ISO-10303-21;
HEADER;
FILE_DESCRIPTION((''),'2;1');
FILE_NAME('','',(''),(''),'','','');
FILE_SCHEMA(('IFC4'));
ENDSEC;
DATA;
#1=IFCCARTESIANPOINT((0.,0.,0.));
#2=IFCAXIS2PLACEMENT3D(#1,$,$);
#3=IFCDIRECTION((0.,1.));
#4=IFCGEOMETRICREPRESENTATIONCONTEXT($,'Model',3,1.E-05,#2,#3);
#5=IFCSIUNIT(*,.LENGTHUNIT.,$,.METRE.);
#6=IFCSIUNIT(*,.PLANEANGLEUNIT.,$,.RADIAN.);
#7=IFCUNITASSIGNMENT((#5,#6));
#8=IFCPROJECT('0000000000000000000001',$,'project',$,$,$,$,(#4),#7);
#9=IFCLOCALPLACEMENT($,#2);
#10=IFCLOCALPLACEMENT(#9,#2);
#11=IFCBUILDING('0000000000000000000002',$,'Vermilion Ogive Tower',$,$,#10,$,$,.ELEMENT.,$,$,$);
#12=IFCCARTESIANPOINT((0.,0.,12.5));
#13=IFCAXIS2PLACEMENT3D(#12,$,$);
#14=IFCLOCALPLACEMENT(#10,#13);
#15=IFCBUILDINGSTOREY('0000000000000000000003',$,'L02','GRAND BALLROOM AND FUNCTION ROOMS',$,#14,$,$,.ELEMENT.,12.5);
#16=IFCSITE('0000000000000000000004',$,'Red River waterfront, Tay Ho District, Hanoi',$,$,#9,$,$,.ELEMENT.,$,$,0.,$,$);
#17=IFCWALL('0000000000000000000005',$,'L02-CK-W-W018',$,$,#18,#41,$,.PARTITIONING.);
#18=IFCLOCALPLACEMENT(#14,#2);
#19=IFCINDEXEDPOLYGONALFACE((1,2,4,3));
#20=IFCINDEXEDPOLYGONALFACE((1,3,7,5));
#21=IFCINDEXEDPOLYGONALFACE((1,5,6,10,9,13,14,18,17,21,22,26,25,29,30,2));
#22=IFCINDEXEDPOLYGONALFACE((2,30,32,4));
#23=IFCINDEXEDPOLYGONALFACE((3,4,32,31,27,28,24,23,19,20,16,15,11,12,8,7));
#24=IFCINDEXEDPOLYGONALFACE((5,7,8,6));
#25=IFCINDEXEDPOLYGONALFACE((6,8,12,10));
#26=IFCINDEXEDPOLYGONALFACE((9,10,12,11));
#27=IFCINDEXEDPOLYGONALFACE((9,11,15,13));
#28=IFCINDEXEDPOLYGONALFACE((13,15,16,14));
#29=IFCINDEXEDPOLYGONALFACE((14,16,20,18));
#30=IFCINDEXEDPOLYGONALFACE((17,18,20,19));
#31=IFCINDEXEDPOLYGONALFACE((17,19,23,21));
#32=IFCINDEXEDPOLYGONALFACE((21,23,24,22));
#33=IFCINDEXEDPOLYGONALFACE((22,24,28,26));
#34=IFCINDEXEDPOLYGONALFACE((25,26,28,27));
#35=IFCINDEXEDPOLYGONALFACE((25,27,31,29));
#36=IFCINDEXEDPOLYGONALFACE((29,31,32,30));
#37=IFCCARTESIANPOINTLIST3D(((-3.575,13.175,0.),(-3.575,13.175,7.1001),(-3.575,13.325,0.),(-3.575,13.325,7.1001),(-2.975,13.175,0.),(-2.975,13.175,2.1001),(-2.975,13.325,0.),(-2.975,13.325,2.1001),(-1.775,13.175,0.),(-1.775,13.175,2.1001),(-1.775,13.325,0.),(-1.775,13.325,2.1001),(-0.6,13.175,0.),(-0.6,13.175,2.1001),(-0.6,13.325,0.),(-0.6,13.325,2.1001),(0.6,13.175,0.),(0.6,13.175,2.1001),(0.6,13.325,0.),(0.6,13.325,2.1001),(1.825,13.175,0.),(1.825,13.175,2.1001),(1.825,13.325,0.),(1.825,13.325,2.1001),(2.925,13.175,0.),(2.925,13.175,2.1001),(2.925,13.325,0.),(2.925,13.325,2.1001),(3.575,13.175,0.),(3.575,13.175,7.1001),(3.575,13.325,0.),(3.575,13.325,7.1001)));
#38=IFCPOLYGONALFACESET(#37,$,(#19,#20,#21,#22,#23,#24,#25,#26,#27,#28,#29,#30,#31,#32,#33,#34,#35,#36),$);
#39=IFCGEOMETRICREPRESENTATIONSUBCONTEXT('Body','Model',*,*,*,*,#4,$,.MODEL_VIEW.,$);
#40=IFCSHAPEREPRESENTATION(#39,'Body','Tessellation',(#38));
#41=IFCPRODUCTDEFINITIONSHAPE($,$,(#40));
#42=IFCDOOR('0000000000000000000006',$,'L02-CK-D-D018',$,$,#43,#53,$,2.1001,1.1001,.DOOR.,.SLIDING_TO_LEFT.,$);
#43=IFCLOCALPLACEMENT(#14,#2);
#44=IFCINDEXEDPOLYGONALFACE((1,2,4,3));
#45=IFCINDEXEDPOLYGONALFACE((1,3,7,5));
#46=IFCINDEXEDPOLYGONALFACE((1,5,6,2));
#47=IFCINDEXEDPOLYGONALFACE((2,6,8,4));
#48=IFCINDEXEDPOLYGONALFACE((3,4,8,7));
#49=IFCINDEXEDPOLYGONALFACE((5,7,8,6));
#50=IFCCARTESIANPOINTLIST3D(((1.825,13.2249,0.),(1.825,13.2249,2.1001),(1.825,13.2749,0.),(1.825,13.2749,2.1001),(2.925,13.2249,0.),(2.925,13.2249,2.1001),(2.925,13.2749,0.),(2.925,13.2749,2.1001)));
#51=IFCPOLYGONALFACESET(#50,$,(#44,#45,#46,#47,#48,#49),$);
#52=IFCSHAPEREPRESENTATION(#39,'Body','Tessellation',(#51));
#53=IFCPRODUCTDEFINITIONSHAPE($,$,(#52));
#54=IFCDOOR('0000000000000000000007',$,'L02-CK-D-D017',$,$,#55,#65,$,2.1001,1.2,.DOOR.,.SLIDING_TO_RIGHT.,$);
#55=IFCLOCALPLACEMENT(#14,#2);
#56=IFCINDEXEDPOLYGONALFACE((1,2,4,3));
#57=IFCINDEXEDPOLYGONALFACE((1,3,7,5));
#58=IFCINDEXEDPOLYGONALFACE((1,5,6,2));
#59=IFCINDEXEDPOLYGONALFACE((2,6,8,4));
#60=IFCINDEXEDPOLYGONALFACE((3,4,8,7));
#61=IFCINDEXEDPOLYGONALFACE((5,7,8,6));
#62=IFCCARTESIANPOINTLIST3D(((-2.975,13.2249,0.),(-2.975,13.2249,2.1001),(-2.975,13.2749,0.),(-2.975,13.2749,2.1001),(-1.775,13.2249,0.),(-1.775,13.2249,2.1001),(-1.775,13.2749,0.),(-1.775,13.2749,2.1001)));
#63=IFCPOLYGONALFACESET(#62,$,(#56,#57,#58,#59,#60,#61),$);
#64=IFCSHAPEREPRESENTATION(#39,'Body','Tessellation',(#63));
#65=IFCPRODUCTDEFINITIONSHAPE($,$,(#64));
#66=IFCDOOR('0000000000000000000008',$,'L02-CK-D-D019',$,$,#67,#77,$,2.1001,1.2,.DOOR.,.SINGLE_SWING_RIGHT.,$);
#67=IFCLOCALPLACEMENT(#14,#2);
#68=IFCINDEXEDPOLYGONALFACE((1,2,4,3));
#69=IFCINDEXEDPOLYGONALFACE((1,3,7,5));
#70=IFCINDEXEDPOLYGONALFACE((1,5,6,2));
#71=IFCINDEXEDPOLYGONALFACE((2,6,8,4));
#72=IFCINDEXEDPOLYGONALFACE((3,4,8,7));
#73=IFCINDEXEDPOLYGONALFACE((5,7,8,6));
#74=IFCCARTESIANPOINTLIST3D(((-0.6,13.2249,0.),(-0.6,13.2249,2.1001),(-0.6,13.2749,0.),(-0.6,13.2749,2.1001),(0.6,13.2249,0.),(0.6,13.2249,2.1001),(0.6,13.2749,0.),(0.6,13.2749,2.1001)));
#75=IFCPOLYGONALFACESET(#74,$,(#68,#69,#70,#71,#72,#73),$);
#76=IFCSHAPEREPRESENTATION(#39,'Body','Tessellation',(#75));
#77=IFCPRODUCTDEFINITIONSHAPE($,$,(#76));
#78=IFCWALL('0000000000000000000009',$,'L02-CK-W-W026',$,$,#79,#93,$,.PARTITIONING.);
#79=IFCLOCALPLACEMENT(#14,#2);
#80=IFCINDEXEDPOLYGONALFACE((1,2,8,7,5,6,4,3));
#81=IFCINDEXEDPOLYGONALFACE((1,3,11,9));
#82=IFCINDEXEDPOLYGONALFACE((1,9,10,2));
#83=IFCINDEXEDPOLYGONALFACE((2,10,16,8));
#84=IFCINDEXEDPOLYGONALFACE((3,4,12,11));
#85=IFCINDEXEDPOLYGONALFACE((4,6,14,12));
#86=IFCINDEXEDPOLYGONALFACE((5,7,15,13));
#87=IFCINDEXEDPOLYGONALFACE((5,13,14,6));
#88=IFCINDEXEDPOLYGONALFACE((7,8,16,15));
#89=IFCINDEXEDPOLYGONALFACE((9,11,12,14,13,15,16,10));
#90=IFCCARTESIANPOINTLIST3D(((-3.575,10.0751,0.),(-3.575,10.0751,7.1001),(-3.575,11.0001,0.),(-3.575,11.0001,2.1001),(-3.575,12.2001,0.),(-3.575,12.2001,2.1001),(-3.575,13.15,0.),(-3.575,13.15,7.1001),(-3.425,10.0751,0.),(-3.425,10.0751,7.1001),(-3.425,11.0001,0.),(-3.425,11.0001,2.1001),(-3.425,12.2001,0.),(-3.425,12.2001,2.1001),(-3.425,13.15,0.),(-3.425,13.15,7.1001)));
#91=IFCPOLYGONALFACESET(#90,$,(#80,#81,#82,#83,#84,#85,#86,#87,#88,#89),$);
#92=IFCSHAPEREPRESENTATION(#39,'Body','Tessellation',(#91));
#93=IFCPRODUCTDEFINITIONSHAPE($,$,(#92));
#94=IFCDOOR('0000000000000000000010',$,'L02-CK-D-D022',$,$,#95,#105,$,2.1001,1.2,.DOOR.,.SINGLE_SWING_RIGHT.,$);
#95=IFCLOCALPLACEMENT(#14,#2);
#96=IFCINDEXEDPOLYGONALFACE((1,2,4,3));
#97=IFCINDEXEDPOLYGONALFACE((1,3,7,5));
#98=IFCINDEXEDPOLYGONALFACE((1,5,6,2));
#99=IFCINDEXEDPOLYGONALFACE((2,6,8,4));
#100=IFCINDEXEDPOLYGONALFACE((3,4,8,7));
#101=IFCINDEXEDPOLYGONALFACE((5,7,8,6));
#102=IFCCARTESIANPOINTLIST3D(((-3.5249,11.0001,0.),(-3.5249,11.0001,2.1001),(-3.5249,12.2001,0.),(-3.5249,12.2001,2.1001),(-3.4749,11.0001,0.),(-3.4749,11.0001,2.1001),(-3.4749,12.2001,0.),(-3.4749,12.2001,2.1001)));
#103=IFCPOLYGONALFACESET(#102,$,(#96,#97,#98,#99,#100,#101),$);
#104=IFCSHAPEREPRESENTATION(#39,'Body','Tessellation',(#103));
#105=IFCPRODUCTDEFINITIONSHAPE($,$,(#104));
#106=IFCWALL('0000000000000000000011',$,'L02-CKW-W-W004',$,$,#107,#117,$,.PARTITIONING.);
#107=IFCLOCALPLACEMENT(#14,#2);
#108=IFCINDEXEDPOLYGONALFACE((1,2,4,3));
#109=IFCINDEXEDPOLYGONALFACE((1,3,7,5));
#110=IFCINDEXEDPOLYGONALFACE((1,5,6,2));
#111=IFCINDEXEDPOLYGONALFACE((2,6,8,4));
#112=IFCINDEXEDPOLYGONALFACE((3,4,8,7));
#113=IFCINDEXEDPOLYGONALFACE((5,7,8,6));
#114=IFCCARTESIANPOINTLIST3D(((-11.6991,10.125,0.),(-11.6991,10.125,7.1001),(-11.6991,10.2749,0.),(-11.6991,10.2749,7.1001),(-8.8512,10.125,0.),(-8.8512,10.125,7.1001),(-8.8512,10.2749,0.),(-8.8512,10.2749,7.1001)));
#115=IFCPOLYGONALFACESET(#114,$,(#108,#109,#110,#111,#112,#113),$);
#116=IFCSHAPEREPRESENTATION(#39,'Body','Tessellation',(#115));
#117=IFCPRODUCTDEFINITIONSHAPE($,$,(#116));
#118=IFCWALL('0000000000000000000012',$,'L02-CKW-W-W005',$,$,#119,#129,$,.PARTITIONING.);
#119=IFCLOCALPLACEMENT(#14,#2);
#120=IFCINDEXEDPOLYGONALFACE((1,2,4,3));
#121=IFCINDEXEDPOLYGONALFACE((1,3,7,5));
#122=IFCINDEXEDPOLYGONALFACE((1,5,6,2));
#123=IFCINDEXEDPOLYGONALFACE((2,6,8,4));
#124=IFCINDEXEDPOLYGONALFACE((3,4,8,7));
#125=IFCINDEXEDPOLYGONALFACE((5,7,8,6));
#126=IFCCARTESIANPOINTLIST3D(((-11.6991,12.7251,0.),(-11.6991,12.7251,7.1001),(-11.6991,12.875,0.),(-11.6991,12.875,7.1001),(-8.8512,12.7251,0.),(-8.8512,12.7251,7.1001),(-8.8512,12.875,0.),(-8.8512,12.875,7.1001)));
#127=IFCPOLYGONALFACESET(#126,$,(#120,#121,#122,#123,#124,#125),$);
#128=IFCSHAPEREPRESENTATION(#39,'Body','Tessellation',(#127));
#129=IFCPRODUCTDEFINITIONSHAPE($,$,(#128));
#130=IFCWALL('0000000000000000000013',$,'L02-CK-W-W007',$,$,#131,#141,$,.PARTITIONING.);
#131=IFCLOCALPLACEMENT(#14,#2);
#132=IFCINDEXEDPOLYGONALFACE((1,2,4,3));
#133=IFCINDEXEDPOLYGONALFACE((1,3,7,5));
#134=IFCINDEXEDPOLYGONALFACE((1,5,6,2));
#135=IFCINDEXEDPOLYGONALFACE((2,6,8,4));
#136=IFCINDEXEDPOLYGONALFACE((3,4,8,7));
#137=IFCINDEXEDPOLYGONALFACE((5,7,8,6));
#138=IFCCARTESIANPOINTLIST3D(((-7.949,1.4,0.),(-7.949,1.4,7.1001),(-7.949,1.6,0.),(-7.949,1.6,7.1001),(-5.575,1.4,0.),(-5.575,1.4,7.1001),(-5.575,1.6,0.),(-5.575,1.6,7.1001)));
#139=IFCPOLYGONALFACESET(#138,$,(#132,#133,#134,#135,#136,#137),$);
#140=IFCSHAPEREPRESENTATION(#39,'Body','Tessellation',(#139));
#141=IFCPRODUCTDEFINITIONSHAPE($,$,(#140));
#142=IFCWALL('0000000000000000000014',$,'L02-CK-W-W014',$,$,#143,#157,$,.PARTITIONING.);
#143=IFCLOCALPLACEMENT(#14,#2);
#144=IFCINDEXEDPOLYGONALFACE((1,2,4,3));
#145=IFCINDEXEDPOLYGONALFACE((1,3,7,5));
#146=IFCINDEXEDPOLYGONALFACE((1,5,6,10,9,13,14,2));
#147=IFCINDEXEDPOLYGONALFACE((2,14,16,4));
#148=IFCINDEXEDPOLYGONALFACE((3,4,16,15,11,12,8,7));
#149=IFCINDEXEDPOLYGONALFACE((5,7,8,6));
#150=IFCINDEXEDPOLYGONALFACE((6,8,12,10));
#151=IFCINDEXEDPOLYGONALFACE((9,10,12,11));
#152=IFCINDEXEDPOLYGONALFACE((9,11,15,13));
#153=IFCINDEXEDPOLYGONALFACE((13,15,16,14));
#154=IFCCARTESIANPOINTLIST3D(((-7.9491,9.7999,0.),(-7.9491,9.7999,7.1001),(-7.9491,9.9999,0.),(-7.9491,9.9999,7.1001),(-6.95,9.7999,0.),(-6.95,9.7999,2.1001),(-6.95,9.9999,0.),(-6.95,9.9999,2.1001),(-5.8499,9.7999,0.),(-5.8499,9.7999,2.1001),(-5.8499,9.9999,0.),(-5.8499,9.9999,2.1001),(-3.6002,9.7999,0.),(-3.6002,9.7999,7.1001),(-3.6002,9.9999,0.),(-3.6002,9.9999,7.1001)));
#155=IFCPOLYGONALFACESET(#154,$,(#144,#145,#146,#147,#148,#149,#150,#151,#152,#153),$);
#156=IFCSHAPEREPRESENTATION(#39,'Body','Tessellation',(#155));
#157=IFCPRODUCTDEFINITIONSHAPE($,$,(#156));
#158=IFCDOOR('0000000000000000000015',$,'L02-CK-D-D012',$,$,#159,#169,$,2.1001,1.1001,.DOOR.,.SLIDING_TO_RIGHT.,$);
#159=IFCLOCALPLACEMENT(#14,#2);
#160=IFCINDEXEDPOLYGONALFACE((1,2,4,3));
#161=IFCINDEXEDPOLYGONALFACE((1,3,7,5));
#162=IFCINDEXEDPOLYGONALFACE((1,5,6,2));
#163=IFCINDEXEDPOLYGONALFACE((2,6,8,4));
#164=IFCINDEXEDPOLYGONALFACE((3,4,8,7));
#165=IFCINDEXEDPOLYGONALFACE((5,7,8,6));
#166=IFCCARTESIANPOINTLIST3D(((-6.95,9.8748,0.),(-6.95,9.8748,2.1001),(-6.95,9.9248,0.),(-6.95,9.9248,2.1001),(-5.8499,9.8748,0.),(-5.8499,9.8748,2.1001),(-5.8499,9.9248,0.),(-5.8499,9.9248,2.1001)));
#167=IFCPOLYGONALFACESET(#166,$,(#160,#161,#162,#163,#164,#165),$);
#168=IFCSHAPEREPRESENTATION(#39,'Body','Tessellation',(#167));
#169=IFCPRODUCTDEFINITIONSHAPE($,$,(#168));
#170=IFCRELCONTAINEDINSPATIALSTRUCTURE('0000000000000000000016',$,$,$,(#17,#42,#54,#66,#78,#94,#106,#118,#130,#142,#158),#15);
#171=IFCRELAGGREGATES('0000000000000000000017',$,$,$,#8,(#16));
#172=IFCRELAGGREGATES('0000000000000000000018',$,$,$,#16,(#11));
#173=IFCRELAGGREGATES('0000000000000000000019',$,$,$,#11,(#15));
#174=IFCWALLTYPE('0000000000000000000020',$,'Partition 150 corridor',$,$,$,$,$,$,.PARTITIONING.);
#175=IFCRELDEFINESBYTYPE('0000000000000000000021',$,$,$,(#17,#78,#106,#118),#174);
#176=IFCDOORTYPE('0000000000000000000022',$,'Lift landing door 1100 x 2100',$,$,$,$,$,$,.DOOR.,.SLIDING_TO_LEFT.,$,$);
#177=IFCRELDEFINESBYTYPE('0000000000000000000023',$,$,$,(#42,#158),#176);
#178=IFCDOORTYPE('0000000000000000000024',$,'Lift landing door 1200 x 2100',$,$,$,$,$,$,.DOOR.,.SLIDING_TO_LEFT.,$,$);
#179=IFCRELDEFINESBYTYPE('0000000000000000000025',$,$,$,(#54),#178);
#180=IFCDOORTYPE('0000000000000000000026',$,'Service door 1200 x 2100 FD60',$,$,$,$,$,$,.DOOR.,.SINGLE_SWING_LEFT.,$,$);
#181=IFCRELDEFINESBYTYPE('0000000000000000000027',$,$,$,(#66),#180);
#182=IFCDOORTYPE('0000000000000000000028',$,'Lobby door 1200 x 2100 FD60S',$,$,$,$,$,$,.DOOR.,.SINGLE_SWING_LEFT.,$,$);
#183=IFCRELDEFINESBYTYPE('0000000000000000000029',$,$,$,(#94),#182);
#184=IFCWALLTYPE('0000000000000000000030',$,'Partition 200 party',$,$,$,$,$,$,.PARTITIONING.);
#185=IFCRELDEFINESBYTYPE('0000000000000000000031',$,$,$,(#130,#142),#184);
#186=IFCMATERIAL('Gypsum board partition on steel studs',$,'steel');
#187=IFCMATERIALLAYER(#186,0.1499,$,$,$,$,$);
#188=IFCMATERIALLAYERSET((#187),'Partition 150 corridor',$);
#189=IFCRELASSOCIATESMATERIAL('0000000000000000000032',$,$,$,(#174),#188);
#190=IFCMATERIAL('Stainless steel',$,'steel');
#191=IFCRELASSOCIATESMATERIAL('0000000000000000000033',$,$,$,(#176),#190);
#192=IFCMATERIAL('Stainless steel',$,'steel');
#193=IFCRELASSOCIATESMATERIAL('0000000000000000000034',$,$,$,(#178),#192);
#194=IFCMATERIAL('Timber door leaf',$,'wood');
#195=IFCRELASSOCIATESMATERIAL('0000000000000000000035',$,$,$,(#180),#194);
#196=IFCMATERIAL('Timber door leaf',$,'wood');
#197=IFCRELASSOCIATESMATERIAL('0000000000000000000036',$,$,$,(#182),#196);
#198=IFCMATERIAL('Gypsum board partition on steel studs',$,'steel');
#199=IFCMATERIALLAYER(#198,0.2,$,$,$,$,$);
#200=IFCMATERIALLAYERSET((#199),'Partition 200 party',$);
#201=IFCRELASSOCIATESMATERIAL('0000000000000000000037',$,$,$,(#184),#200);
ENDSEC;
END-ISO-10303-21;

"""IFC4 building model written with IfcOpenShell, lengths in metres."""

from ifc_helpers import new_model, si_unit, direction, frame, frame_2d, origin, place, context, subcontext, project, spatial, rectangle, extrude, material, layer, layer_set, type_object, element, fill, save


model = new_model("IFC4")

# Units and contexts
model_context = context("Model", 3, precision=1e-05, world=origin(), true_north=direction((0.0, 1.0)))
body_context = subcontext(model_context, "Body", "Model", "MODEL_VIEW")
ifc_project = project(units=[si_unit("LENGTHUNIT", "METRE"), si_unit("PLANEANGLEUNIT", "RADIAN")], contexts=[model_context])

# Site, building, storey
site_placement = place(None, origin())
site = spatial("IfcSite", under=ifc_project, at=site_placement, Name="Red River waterfront, Tay Ho District, Hanoi", CompositionType="ELEMENT", RefElevation=0.0)
building_placement = place(site_placement, origin())
building = spatial("IfcBuilding", under=site, at=building_placement, Name="Vermilion Ogive Tower", CompositionType="ELEMENT")
storey_placement = place(building_placement, frame((0.0, 0.0, 12.5)))
storey = spatial("IfcBuildingStorey", under=building, at=storey_placement, Name="L02", Description="GRAND BALLROOM AND FUNCTION ROOMS", CompositionType="ELEMENT", Elevation=12.5)

# Shared definitions
ifc_material_1 = material(Name="Gypsum board partition on steel studs", Category="steel")
ifc_layer_1 = layer(ifc_material_1, 0.1499)
ifc_layer_set_1 = layer_set([ifc_layer_1], Name="Partition 150 corridor")
wall_type_1 = type_object("IfcWallType", Name="Partition 150 corridor", PredefinedType="PARTITIONING", material=ifc_layer_set_1)

# Wall, openings, doors
wall_1_placement = place(storey_placement, frame((-3.575, 13.25, 0.0), z_axis=(0.0, 0.0, 1.0), x_axis=(1.0, 0.0, 0.0)))
wall_1 = element("IfcWall", 1, at=wall_1_placement, inside=storey, type_object=wall_type_1, Name="L02-CK-W-W018", PredefinedType="PARTITIONING", context=body_context, shape_type="SweptSolid", body=[
    extrude(rectangle(XDim=7.1499, YDim=0.1499, at=frame_2d((3.575, 0.0))), origin(), (0.0, 0.0, 1.0), 7.1001),
])
opening_1_placement = place(wall_1_placement, frame((0.5999, 0.0, 0.0)))
opening_1 = element("IfcOpeningElement", 2, at=opening_1_placement, cuts=wall_1, PredefinedType="OPENING", context=body_context, shape_type="SweptSolid", body=[
    extrude(rectangle(XDim=1.2, YDim=2.1001, at=frame_2d((0.6001, 1.05))), frame((0.0, 0.085, 0.0), z_axis=(0.0, -1.0, 0.0), x_axis=(1.0, 0.0, 0.0)), (0.0, 0.0, 1.0), 0.1699),
])
opening_2_placement = place(wall_1_placement, frame((5.3999, 0.0, 0.0)))
opening_2 = element("IfcOpeningElement", 3, at=opening_2_placement, cuts=wall_1, PredefinedType="OPENING", context=body_context, shape_type="SweptSolid", body=[
    extrude(rectangle(XDim=1.1001, YDim=2.1001, at=frame_2d((0.55, 1.05))), frame((0.0, 0.085, 0.0), z_axis=(0.0, -1.0, 0.0), x_axis=(1.0, 0.0, 0.0)), (0.0, 0.0, 1.0), 0.1699),
])
opening_3_placement = place(wall_1_placement, frame((2.9749, 0.0, 0.0)))
opening_3 = element("IfcOpeningElement", 4, at=opening_3_placement, cuts=wall_1, PredefinedType="OPENING", context=body_context, shape_type="SweptSolid", body=[
    extrude(rectangle(XDim=1.2, YDim=2.1001, at=frame_2d((0.6001, 1.05))), frame((0.0, 0.085, 0.0), z_axis=(0.0, -1.0, 0.0), x_axis=(1.0, 0.0, 0.0)), (0.0, 0.0, 1.0), 0.1699),
])
ifc_material_2 = material(Name="Stainless steel", Category="steel")
door_type_1 = type_object("IfcDoorType", Name="Lift landing door 1100 x 2100", OperationType="SLIDING_TO_LEFT", PredefinedType="DOOR", material=ifc_material_2)
door_1_placement = place(opening_2_placement, origin())
door_1 = element("IfcDoor", 5, at=door_1_placement, inside=storey, type_object=door_type_1, Name="L02-CK-D-D018", OperationType="SLIDING_TO_LEFT", OverallHeight=2.1001, OverallWidth=1.1001, PredefinedType="DOOR", context=body_context, shape_type="SweptSolid", body=[
    extrude(rectangle(XDim=1.1001, YDim=2.1001, at=frame_2d((0.55, 1.05))), frame((0.0, 0.0249, 0.0), z_axis=(0.0, -1.0, 0.0), x_axis=(1.0, 0.0, 0.0)), (0.0, 0.0, 1.0), 0.05),
])
fill(opening_2, door_1)
ifc_material_3 = material(Name="Stainless steel", Category="steel")
door_type_2 = type_object("IfcDoorType", Name="Lift landing door 1200 x 2100", OperationType="SLIDING_TO_LEFT", PredefinedType="DOOR", material=ifc_material_3)
door_2_placement = place(opening_1_placement, origin())
door_2 = element("IfcDoor", 6, at=door_2_placement, inside=storey, type_object=door_type_2, Name="L02-CK-D-D017", OperationType="SLIDING_TO_RIGHT", OverallHeight=2.1001, OverallWidth=1.2, PredefinedType="DOOR", context=body_context, shape_type="SweptSolid", body=[
    extrude(rectangle(XDim=1.2, YDim=2.1001, at=frame_2d((0.6001, 1.05))), frame((0.0, 0.0249, 0.0), z_axis=(0.0, -1.0, 0.0), x_axis=(1.0, 0.0, 0.0)), (0.0, 0.0, 1.0), 0.05),
])
fill(opening_1, door_2)
ifc_material_4 = material(Name="Timber door leaf", Category="wood")
door_type_3 = type_object("IfcDoorType", Name="Service door 1200 x 2100 FD60", OperationType="SINGLE_SWING_LEFT", PredefinedType="DOOR", material=ifc_material_4)
door_3_placement = place(opening_3_placement, origin())
door_3 = element("IfcDoor", 7, at=door_3_placement, inside=storey, type_object=door_type_3, Name="L02-CK-D-D019", OperationType="SINGLE_SWING_RIGHT", OverallHeight=2.1001, OverallWidth=1.2, PredefinedType="DOOR", context=body_context, shape_type="SweptSolid", body=[
    extrude(rectangle(XDim=1.2, YDim=2.1001, at=frame_2d((0.6001, 1.05))), frame((0.0, 0.0249, 0.0), z_axis=(0.0, -1.0, 0.0), x_axis=(1.0, 0.0, 0.0)), (0.0, 0.0, 1.0), 0.05),
])
fill(opening_3, door_3)

# Wall, opening, door
wall_2_placement = place(storey_placement, frame((-3.5, 10.075, 0.0), z_axis=(0.0, 0.0, 1.0), x_axis=(0.0, 1.0, 0.0)))
wall_2 = element("IfcWall", 8, at=wall_2_placement, inside=storey, type_object=wall_type_1, Name="L02-CK-W-W026", PredefinedType="PARTITIONING", context=body_context, shape_type="SweptSolid", body=[
    extrude(rectangle(XDim=3.075, YDim=0.1499, at=frame_2d((1.5376, 0.0))), origin(), (0.0, 0.0, 1.0), 7.1001),
])
opening_4_placement = place(wall_2_placement, frame((0.925, 0.0, 0.0)))
opening_4 = element("IfcOpeningElement", 9, at=opening_4_placement, cuts=wall_2, PredefinedType="OPENING", context=body_context, shape_type="SweptSolid", body=[
    extrude(rectangle(XDim=1.2, YDim=2.1001, at=frame_2d((0.6001, 1.05))), frame((0.0, 0.085, 0.0), z_axis=(0.0, -1.0, 0.0), x_axis=(1.0, 0.0, 0.0)), (0.0, 0.0, 1.0), 0.1699),
])
ifc_material_5 = material(Name="Timber door leaf", Category="wood")
door_type_4 = type_object("IfcDoorType", Name="Lobby door 1200 x 2100 FD60S", OperationType="SINGLE_SWING_LEFT", PredefinedType="DOOR", material=ifc_material_5)
door_4_placement = place(opening_4_placement, origin())
door_4 = element("IfcDoor", 10, at=door_4_placement, inside=storey, type_object=door_type_4, Name="L02-CK-D-D022", OperationType="SINGLE_SWING_RIGHT", OverallHeight=2.1001, OverallWidth=1.2, PredefinedType="DOOR", context=body_context, shape_type="SweptSolid", body=[
    extrude(rectangle(XDim=1.2, YDim=2.1001, at=frame_2d((0.6001, 1.05))), frame((0.0, 0.0249, 0.0), z_axis=(0.0, -1.0, 0.0), x_axis=(1.0, 0.0, 0.0)), (0.0, 0.0, 1.0), 0.05),
])
fill(opening_4, door_4)

# Walls
for number, where, z_axis, x_axis, name in (
    (11, (-11.699, 10.2, 0.0), (0.0, 0.0, 1.0), (1.0, 0.0, 0.0), "L02-CKW-W-W004"),
    (12, (-11.699, 12.8, 0.0), (0.0, 0.0, 1.0), (1.0, 0.0, 0.0), "L02-CKW-W-W005"),
):
    element("IfcWall", number, at=place(storey_placement, frame(where, z_axis=z_axis, x_axis=x_axis)), inside=storey, type_object=wall_type_1, Name=name, PredefinedType="PARTITIONING", context=body_context, shape_type="SweptSolid", body=[
        extrude(rectangle(XDim=2.8479, YDim=0.1499, at=frame_2d((1.4238, 0.0))), origin(), (0.0, 0.0, 1.0), 7.1001),
    ])
ifc_material_6 = material(Name="Gypsum board partition on steel studs", Category="steel")
ifc_layer_2 = layer(ifc_material_6, 0.2)
ifc_layer_set_2 = layer_set([ifc_layer_2], Name="Partition 200 party")
wall_type_2 = type_object("IfcWallType", Name="Partition 200 party", PredefinedType="PARTITIONING", material=ifc_layer_set_2)
wall_3_placement = place(storey_placement, frame((-7.949, 1.5, 0.0), z_axis=(0.0, 0.0, 1.0), x_axis=(1.0, 0.0, 0.0)))
element("IfcWall", 13, at=wall_3_placement, inside=storey, type_object=wall_type_2, Name="L02-CK-W-W007", PredefinedType="PARTITIONING", context=body_context, shape_type="SweptSolid", body=[
    extrude(rectangle(XDim=2.374, YDim=0.2, at=frame_2d((1.187, 0.0))), origin(), (0.0, 0.0, 1.0), 7.1001),
])

# Wall, opening, door
wall_4_placement = place(storey_placement, frame((-7.949, 9.8999, 0.0), z_axis=(0.0, 0.0, 1.0), x_axis=(1.0, 0.0, 0.0)))
wall_4 = element("IfcWall", 14, at=wall_4_placement, inside=storey, type_object=wall_type_2, Name="L02-CK-W-W014", PredefinedType="PARTITIONING", context=body_context, shape_type="SweptSolid", body=[
    extrude(rectangle(XDim=4.3489, YDim=0.2, at=frame_2d((2.1743, 0.0))), origin(), (0.0, 0.0, 1.0), 7.1001),
])
opening_5_placement = place(wall_4_placement, frame((0.999, 0.0, 0.0)))
opening_5 = element("IfcOpeningElement", 15, at=opening_5_placement, cuts=wall_4, PredefinedType="OPENING", context=body_context, shape_type="SweptSolid", body=[
    extrude(rectangle(XDim=1.1001, YDim=2.1001, at=frame_2d((0.55, 1.05))), frame((0.0, 0.1099, 0.0), z_axis=(0.0, -1.0, 0.0), x_axis=(1.0, 0.0, 0.0)), (0.0, 0.0, 1.0), 0.22),
])
door_5_placement = place(opening_5_placement, origin())
door_5 = element("IfcDoor", 16, at=door_5_placement, inside=storey, type_object=door_type_1, Name="L02-CK-D-D012", OperationType="SLIDING_TO_RIGHT", OverallHeight=2.1001, OverallWidth=1.1001, PredefinedType="DOOR", context=body_context, shape_type="SweptSolid", body=[
    extrude(rectangle(XDim=1.1001, YDim=2.1001, at=frame_2d((0.55, 1.05))), frame((0.0, 0.0249, 0.0), z_axis=(0.0, -1.0, 0.0), x_axis=(1.0, 0.0, 0.0)), (0.0, 0.0, 1.0), 0.05),
])
fill(opening_5, door_5)

save(model, "model.ifc")
